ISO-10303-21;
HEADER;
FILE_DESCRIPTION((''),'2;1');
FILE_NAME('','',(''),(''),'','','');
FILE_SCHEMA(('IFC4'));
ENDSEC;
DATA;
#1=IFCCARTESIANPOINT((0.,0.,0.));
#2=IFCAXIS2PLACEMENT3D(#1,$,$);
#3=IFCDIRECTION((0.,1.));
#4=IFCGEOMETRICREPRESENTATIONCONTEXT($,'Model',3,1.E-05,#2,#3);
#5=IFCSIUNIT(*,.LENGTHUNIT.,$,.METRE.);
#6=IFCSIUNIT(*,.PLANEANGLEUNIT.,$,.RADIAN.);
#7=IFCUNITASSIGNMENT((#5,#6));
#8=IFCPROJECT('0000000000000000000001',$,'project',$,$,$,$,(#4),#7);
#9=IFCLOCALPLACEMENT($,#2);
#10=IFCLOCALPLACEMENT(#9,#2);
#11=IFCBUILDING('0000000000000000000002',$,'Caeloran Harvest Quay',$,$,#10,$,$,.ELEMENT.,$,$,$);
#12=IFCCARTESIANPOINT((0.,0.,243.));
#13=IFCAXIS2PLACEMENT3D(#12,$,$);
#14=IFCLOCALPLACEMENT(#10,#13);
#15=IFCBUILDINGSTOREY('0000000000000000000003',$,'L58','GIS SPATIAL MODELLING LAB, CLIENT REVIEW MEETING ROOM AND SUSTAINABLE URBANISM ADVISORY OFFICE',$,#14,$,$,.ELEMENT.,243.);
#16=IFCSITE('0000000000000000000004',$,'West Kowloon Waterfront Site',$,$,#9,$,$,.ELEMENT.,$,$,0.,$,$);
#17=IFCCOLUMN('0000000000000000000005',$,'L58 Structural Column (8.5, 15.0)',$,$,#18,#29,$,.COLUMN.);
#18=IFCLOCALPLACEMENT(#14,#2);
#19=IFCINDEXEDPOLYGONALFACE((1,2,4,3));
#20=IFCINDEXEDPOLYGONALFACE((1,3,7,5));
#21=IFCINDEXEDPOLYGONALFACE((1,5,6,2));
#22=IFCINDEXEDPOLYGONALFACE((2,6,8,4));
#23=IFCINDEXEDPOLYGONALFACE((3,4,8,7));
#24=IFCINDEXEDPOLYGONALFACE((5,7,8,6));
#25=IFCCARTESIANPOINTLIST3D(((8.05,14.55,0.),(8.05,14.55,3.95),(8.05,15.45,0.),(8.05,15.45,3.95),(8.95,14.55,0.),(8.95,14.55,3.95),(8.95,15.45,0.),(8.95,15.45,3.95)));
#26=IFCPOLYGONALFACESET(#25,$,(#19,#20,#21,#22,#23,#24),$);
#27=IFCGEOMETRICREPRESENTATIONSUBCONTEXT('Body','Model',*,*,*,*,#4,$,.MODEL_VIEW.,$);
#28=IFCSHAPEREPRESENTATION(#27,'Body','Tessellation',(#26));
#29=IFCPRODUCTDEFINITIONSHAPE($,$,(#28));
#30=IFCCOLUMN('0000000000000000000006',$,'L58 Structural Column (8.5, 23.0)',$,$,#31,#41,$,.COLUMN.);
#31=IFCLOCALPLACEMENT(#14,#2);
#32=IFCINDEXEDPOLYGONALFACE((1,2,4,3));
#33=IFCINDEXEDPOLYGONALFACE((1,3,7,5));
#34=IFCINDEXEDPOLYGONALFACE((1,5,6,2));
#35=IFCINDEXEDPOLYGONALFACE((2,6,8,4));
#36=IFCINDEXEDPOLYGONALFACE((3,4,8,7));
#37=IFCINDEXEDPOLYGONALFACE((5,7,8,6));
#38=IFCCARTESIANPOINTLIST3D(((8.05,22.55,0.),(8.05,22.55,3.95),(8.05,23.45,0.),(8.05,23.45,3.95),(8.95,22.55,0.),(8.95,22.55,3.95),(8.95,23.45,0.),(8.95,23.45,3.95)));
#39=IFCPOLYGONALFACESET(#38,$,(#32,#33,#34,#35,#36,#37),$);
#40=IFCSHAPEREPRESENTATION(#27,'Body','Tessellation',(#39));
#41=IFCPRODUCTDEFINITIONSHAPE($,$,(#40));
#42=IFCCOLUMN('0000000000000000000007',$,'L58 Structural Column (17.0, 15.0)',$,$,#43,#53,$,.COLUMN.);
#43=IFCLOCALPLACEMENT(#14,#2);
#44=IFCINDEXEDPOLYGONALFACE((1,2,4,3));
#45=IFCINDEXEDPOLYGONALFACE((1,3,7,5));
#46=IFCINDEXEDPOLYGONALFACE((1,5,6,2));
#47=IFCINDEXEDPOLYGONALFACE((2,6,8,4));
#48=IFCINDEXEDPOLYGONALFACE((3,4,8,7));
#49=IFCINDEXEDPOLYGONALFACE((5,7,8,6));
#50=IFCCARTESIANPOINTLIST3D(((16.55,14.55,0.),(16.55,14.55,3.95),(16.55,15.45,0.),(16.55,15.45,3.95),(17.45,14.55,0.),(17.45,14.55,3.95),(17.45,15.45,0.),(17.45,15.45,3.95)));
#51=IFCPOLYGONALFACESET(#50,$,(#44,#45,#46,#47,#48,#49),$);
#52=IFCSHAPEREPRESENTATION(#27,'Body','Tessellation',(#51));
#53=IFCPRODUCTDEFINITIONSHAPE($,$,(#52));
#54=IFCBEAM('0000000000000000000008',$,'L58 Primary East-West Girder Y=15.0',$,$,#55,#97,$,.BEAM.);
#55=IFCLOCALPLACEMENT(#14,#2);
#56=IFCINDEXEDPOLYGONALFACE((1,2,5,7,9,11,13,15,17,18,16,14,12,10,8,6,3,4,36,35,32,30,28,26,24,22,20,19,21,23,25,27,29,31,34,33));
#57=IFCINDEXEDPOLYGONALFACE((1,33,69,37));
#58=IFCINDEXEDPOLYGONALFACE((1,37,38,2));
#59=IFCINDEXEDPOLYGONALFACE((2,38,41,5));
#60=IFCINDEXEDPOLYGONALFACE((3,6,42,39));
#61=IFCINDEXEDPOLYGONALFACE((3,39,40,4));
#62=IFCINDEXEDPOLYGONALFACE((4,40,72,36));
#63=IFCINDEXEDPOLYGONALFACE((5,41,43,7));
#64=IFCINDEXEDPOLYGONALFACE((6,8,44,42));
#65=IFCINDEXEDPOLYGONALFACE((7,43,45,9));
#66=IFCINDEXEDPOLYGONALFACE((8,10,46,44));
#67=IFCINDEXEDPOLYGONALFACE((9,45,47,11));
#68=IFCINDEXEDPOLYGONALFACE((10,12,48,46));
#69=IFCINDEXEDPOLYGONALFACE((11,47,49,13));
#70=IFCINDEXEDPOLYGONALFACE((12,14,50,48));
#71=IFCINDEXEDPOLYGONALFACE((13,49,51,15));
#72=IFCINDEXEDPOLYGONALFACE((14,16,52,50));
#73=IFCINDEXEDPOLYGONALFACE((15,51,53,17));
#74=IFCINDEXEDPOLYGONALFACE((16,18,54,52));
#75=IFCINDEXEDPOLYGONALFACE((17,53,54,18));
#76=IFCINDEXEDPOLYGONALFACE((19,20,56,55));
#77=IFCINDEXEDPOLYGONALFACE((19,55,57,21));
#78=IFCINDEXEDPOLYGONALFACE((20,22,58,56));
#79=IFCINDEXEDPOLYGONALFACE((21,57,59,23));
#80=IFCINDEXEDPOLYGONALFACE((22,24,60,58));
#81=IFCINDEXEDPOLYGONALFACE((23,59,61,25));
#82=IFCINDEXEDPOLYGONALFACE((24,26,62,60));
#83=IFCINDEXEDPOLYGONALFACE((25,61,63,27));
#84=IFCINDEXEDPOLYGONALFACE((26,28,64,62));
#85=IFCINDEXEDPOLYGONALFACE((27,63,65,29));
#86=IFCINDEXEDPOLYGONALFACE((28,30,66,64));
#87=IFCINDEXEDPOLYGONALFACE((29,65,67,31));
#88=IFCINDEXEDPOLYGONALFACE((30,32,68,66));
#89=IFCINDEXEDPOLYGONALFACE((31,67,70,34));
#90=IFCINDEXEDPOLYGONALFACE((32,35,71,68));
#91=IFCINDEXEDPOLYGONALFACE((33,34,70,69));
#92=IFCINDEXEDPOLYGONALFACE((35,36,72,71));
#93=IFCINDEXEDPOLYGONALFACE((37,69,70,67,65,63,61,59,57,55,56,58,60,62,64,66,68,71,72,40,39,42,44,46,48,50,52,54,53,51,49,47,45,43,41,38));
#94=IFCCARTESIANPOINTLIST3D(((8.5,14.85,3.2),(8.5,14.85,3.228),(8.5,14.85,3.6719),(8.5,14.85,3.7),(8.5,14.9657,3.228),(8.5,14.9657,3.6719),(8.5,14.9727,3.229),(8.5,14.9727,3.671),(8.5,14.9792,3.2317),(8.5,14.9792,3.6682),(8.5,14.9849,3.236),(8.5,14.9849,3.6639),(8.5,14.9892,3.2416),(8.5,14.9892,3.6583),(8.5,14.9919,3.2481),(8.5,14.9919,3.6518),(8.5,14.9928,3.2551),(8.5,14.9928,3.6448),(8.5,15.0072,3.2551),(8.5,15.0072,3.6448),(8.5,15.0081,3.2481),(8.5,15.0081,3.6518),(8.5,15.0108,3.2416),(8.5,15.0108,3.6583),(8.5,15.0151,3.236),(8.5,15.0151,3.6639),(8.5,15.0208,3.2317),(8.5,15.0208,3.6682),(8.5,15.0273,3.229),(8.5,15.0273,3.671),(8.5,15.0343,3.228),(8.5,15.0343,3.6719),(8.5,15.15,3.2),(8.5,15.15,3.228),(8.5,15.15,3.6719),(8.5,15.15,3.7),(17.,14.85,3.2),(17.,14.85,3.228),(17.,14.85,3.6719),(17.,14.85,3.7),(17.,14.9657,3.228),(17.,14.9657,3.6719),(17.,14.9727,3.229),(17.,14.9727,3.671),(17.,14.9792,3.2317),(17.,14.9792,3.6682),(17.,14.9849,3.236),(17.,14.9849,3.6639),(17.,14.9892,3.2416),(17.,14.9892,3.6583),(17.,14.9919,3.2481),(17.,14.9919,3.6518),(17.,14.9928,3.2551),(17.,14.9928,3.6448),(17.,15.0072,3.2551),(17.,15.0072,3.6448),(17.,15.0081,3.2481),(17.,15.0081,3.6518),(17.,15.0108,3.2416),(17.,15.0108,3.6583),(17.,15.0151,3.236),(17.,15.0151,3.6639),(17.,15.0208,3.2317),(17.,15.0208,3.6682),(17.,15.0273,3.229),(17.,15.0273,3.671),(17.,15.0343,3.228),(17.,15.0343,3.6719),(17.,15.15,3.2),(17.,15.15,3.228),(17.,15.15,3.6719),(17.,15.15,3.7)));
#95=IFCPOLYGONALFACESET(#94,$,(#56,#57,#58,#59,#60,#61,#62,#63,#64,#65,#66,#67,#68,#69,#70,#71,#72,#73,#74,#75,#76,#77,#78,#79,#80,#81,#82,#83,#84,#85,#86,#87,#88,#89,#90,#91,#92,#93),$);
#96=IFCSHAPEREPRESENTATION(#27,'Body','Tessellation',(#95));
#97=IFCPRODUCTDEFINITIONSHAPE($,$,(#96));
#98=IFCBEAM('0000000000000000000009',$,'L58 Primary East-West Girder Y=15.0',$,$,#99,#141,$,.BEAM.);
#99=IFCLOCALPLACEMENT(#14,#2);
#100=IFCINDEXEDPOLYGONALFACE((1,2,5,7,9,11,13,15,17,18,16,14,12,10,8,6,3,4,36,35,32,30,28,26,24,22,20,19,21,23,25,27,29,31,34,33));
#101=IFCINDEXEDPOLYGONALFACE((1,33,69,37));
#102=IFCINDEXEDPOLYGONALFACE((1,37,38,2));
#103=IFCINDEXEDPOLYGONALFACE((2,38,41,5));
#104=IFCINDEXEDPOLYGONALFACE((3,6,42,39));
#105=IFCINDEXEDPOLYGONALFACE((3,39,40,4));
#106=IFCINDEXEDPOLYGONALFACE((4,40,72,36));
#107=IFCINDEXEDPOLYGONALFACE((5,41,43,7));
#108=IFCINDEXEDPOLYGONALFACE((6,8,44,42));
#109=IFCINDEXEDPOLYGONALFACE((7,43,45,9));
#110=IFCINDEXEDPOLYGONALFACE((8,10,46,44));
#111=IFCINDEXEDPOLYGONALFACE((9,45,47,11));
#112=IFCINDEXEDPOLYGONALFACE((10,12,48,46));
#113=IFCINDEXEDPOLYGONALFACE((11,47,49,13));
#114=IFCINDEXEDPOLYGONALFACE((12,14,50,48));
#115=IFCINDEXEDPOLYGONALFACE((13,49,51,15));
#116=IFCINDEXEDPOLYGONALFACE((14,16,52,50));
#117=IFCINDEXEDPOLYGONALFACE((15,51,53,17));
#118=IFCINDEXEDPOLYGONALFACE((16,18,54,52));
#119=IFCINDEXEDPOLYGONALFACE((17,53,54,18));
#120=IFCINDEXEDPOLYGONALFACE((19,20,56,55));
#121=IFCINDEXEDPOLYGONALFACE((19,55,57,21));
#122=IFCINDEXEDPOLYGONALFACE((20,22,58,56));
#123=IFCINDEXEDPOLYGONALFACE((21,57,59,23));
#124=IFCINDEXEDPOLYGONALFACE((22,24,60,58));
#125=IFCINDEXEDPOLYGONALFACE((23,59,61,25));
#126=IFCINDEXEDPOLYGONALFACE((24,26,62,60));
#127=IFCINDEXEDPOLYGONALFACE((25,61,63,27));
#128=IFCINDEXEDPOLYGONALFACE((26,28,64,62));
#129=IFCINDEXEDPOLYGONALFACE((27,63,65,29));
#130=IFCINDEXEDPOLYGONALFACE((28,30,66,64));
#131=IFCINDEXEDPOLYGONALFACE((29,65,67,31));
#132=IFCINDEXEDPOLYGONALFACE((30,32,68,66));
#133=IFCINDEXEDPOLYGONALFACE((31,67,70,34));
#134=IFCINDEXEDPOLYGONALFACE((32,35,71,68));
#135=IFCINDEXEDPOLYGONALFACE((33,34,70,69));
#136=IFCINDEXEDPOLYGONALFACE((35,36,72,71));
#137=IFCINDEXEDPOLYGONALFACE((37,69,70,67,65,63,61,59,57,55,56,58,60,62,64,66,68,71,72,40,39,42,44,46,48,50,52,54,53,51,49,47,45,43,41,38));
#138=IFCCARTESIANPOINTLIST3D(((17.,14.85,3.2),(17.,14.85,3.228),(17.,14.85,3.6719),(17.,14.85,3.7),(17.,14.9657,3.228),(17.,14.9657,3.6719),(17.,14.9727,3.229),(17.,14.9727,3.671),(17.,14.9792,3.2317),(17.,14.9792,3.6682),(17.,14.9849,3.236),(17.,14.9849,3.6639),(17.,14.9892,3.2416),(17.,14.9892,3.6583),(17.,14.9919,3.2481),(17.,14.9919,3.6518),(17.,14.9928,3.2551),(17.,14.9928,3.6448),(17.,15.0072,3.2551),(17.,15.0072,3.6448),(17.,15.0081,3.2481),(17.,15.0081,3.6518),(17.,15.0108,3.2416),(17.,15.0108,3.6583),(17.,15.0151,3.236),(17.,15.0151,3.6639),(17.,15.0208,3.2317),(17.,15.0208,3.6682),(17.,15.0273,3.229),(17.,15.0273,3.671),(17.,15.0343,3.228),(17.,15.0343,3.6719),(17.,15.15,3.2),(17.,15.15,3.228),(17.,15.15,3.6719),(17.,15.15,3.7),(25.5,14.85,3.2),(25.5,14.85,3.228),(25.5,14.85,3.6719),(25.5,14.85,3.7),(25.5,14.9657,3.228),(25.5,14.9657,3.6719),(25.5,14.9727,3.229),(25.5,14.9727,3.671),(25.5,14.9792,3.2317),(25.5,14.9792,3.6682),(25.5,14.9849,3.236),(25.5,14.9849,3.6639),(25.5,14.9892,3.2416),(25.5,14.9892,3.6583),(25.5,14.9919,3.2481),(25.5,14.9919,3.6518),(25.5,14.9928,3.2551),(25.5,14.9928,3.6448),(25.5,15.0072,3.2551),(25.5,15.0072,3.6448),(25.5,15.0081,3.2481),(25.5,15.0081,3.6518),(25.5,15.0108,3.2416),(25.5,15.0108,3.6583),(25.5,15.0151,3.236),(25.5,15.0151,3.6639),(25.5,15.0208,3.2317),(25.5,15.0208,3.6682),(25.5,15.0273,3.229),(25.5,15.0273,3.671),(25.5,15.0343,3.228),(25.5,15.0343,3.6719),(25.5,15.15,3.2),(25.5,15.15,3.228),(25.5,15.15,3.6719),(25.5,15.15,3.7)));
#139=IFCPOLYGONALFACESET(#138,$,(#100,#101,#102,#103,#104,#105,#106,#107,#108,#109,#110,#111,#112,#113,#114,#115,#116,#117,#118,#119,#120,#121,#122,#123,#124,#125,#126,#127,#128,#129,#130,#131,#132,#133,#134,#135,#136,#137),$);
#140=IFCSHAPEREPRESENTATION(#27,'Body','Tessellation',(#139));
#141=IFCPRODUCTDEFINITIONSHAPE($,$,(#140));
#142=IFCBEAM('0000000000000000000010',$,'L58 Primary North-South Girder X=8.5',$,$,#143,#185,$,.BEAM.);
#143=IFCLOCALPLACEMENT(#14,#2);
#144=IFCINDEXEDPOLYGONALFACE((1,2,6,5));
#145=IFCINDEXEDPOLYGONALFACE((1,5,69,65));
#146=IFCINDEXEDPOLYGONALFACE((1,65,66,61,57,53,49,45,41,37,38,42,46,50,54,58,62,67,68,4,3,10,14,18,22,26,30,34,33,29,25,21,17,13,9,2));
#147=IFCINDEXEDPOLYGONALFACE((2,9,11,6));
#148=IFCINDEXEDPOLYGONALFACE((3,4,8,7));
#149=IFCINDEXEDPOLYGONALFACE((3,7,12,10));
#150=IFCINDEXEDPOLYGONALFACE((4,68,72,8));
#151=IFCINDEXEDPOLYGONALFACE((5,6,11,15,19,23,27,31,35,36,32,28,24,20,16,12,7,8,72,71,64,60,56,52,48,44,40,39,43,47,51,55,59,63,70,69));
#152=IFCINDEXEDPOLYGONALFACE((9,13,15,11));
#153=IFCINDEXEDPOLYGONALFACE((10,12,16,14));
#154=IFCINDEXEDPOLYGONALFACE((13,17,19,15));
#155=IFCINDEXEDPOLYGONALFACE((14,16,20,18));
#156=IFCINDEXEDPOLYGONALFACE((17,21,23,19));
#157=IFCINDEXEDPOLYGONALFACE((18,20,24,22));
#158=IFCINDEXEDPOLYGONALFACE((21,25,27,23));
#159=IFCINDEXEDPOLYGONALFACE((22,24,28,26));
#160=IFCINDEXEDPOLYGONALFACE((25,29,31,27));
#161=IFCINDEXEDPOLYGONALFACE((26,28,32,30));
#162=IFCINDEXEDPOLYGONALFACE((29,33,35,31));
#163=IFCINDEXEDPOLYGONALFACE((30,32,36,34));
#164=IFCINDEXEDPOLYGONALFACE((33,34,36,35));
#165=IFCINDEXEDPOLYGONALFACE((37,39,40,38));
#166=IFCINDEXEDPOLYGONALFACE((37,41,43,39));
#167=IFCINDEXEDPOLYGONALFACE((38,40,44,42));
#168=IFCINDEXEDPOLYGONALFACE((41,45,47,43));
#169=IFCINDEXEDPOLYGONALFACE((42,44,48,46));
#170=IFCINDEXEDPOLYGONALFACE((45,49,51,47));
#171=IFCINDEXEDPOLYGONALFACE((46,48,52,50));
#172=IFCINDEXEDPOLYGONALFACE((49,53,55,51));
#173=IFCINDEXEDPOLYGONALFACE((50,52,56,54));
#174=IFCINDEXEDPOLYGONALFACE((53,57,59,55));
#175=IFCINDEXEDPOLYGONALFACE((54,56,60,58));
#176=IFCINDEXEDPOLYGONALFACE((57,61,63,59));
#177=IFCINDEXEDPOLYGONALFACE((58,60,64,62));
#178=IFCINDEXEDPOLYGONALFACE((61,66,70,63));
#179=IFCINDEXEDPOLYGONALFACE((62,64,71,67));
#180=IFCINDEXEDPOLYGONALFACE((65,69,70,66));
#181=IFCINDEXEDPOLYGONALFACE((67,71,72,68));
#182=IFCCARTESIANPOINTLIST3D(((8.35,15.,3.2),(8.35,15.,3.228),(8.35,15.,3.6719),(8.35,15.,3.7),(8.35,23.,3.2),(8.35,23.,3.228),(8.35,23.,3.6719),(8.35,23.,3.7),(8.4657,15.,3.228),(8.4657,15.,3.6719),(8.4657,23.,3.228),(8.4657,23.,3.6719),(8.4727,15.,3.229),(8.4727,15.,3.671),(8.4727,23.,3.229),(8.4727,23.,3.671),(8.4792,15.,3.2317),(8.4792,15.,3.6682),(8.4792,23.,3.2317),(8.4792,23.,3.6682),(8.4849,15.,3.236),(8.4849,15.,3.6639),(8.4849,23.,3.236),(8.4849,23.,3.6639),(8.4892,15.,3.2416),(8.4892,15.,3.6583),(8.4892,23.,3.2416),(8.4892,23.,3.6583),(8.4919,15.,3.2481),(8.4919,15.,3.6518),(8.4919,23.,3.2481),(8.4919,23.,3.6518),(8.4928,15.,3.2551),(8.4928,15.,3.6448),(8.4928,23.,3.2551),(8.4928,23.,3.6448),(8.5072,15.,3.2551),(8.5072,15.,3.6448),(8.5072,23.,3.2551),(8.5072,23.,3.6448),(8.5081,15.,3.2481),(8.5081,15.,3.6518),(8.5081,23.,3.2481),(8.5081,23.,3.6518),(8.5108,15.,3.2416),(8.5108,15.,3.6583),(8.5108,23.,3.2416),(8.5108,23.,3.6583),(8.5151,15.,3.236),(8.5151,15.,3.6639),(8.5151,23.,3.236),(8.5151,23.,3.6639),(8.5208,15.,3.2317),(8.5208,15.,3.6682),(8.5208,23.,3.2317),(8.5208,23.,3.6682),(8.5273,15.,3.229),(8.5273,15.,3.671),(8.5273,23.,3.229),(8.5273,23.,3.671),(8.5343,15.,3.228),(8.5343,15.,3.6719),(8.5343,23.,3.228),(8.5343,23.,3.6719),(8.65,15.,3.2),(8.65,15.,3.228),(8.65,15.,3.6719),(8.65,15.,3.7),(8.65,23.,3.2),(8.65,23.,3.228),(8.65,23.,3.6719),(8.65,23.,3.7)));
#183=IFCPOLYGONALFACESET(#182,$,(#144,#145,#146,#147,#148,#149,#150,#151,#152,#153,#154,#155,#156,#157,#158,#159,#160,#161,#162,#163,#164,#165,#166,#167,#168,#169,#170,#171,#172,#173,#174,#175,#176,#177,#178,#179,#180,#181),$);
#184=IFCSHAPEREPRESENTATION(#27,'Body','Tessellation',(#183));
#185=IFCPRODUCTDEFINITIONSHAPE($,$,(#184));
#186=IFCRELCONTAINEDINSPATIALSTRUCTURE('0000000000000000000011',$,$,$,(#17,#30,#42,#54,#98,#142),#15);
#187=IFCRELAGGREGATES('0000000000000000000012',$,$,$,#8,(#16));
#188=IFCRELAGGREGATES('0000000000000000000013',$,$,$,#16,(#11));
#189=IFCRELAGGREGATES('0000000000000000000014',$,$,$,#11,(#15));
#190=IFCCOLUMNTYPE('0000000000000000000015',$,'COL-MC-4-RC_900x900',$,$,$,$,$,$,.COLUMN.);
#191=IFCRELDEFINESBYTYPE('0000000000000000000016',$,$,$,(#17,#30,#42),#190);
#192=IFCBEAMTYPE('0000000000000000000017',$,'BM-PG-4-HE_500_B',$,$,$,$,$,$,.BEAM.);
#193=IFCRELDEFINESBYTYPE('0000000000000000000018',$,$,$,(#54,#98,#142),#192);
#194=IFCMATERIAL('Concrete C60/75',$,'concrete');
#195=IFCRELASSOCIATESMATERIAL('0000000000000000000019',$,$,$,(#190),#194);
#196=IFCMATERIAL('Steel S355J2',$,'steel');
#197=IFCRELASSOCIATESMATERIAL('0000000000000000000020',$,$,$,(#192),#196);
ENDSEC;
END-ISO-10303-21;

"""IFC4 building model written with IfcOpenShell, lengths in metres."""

from ifc_helpers import new_model, si_unit, direction, frame, origin, origin_2d, place, context, subcontext, project, spatial, rectangle, i_section, extrude, material, material_profile, profile_set, type_object, element, save


model = new_model("IFC4")

# Units and contexts
model_context = context("Model", 3, precision=1e-05, world=origin(), true_north=direction((0.0, 1.0)))
body_context = subcontext(model_context, "Body", "Model", "MODEL_VIEW")
ifc_project = project(units=[si_unit("LENGTHUNIT", "METRE"), si_unit("PLANEANGLEUNIT", "RADIAN")], contexts=[model_context])

# Site, building, storey
site_placement = place(None, origin())
site = spatial("IfcSite", under=ifc_project, at=site_placement, Name="West Kowloon Waterfront Site", CompositionType="ELEMENT", RefElevation=0.0)
building_placement = place(site_placement, origin())
building = spatial("IfcBuilding", under=site, at=building_placement, Name="Caeloran Harvest Quay", CompositionType="ELEMENT")
storey_placement = place(building_placement, frame((0.0, 0.0, 243.0)))
storey = spatial("IfcBuildingStorey", under=building, at=storey_placement, Name="L58", Description="GIS SPATIAL MODELLING LAB, CLIENT REVIEW MEETING ROOM AND SUSTAINABLE URBANISM ADVISORY OFFICE", CompositionType="ELEMENT", Elevation=243.0)

# Columns
ifc_material_1 = material(Name="Concrete C60/75", Category="concrete")
ifc_material_profile_1 = material_profile(ifc_material_1, rectangle(XDim=0.8999, YDim=0.8999, at=origin_2d()), Name="RC 900x900")
ifc_profile_set_1 = profile_set([ifc_material_profile_1], Name="Concrete C60/75")
column_type = type_object("IfcColumnType", Name="COL-MC-4-RC_900x900", PredefinedType="COLUMN", material=ifc_profile_set_1)
for number, where, z_axis, x_axis, name in (
    (1, (8.5, 15.0, 0.0), (0.0, 0.0, 1.0), (1.0, 0.0, 0.0), "L58 Structural Column (8.5, 15.0)"),
    (2, (8.5, 23.0, 0.0), (0.0, 0.0, 1.0), (1.0, 0.0, 0.0), "L58 Structural Column (8.5, 23.0)"),
    (3, (17.0, 15.0, 0.0), (0.0, 0.0, 1.0), (1.0, 0.0, 0.0), "L58 Structural Column (17.0, 15.0)"),
):
    element("IfcColumn", number, at=place(storey_placement, frame(where, z_axis=z_axis, x_axis=x_axis)), inside=storey, type_object=column_type, Name=name, PredefinedType="COLUMN", context=body_context, shape_type="SweptSolid", body=[
        extrude(rectangle(XDim=0.8999, YDim=0.8999, at=origin_2d()), origin(), (0.0, 0.0, 1.0), 3.95),
    ])

# Beams
ifc_material_2 = material(Name="Steel S355J2", Category="steel")
ifc_material_profile_2 = material_profile(ifc_material_2, i_section(OverallWidth=0.3, OverallDepth=0.5, WebThickness=0.0144, FlangeThickness=0.0281, FilletRadius=0.0271, at=origin_2d()), Name="HE 500 B")
ifc_profile_set_2 = profile_set([ifc_material_profile_2], Name="Steel S355J2")
beam_type_1 = type_object("IfcBeamType", Name="BM-PG-4-HE_500_B", PredefinedType="BEAM", material=ifc_profile_set_2)
for number, where, z_axis, x_axis, name in (
    (4, (8.5, 15.0, 3.45), (1.0, 0.0, 0.0), (0.0, 1.0, 0.0), "L58 Primary East-West Girder Y=15.0"),
    (5, (17.0, 15.0, 3.45), (1.0, 0.0, 0.0), (0.0, 1.0, 0.0), "L58 Primary East-West Girder Y=15.0"),
):
    element("IfcBeam", number, at=place(storey_placement, frame(where, z_axis=z_axis, x_axis=x_axis)), inside=storey, type_object=beam_type_1, Name=name, PredefinedType="BEAM", context=body_context, shape_type="SweptSolid", body=[
        extrude(i_section(OverallWidth=0.3, OverallDepth=0.5, WebThickness=0.0144, FlangeThickness=0.0281, FilletRadius=0.0271, at=origin_2d()), origin(), (0.0, 0.0, 1.0), 8.5),
    ])
beam_1_placement = place(storey_placement, frame((8.5, 15.0, 3.45), z_axis=(0.0, 1.0, 0.0), x_axis=(-1.0, 0.0, 0.0)))
element("IfcBeam", 6, at=beam_1_placement, inside=storey, type_object=beam_type_1, Name="L58 Primary North-South Girder X=8.5", PredefinedType="BEAM", context=body_context, shape_type="SweptSolid", body=[
    extrude(i_section(OverallWidth=0.3, OverallDepth=0.5, WebThickness=0.0144, FlangeThickness=0.0281, FilletRadius=0.0271, at=origin_2d()), origin(), (0.0, 0.0, 1.0), 8.0),
])

save(model, "model.ifc")
